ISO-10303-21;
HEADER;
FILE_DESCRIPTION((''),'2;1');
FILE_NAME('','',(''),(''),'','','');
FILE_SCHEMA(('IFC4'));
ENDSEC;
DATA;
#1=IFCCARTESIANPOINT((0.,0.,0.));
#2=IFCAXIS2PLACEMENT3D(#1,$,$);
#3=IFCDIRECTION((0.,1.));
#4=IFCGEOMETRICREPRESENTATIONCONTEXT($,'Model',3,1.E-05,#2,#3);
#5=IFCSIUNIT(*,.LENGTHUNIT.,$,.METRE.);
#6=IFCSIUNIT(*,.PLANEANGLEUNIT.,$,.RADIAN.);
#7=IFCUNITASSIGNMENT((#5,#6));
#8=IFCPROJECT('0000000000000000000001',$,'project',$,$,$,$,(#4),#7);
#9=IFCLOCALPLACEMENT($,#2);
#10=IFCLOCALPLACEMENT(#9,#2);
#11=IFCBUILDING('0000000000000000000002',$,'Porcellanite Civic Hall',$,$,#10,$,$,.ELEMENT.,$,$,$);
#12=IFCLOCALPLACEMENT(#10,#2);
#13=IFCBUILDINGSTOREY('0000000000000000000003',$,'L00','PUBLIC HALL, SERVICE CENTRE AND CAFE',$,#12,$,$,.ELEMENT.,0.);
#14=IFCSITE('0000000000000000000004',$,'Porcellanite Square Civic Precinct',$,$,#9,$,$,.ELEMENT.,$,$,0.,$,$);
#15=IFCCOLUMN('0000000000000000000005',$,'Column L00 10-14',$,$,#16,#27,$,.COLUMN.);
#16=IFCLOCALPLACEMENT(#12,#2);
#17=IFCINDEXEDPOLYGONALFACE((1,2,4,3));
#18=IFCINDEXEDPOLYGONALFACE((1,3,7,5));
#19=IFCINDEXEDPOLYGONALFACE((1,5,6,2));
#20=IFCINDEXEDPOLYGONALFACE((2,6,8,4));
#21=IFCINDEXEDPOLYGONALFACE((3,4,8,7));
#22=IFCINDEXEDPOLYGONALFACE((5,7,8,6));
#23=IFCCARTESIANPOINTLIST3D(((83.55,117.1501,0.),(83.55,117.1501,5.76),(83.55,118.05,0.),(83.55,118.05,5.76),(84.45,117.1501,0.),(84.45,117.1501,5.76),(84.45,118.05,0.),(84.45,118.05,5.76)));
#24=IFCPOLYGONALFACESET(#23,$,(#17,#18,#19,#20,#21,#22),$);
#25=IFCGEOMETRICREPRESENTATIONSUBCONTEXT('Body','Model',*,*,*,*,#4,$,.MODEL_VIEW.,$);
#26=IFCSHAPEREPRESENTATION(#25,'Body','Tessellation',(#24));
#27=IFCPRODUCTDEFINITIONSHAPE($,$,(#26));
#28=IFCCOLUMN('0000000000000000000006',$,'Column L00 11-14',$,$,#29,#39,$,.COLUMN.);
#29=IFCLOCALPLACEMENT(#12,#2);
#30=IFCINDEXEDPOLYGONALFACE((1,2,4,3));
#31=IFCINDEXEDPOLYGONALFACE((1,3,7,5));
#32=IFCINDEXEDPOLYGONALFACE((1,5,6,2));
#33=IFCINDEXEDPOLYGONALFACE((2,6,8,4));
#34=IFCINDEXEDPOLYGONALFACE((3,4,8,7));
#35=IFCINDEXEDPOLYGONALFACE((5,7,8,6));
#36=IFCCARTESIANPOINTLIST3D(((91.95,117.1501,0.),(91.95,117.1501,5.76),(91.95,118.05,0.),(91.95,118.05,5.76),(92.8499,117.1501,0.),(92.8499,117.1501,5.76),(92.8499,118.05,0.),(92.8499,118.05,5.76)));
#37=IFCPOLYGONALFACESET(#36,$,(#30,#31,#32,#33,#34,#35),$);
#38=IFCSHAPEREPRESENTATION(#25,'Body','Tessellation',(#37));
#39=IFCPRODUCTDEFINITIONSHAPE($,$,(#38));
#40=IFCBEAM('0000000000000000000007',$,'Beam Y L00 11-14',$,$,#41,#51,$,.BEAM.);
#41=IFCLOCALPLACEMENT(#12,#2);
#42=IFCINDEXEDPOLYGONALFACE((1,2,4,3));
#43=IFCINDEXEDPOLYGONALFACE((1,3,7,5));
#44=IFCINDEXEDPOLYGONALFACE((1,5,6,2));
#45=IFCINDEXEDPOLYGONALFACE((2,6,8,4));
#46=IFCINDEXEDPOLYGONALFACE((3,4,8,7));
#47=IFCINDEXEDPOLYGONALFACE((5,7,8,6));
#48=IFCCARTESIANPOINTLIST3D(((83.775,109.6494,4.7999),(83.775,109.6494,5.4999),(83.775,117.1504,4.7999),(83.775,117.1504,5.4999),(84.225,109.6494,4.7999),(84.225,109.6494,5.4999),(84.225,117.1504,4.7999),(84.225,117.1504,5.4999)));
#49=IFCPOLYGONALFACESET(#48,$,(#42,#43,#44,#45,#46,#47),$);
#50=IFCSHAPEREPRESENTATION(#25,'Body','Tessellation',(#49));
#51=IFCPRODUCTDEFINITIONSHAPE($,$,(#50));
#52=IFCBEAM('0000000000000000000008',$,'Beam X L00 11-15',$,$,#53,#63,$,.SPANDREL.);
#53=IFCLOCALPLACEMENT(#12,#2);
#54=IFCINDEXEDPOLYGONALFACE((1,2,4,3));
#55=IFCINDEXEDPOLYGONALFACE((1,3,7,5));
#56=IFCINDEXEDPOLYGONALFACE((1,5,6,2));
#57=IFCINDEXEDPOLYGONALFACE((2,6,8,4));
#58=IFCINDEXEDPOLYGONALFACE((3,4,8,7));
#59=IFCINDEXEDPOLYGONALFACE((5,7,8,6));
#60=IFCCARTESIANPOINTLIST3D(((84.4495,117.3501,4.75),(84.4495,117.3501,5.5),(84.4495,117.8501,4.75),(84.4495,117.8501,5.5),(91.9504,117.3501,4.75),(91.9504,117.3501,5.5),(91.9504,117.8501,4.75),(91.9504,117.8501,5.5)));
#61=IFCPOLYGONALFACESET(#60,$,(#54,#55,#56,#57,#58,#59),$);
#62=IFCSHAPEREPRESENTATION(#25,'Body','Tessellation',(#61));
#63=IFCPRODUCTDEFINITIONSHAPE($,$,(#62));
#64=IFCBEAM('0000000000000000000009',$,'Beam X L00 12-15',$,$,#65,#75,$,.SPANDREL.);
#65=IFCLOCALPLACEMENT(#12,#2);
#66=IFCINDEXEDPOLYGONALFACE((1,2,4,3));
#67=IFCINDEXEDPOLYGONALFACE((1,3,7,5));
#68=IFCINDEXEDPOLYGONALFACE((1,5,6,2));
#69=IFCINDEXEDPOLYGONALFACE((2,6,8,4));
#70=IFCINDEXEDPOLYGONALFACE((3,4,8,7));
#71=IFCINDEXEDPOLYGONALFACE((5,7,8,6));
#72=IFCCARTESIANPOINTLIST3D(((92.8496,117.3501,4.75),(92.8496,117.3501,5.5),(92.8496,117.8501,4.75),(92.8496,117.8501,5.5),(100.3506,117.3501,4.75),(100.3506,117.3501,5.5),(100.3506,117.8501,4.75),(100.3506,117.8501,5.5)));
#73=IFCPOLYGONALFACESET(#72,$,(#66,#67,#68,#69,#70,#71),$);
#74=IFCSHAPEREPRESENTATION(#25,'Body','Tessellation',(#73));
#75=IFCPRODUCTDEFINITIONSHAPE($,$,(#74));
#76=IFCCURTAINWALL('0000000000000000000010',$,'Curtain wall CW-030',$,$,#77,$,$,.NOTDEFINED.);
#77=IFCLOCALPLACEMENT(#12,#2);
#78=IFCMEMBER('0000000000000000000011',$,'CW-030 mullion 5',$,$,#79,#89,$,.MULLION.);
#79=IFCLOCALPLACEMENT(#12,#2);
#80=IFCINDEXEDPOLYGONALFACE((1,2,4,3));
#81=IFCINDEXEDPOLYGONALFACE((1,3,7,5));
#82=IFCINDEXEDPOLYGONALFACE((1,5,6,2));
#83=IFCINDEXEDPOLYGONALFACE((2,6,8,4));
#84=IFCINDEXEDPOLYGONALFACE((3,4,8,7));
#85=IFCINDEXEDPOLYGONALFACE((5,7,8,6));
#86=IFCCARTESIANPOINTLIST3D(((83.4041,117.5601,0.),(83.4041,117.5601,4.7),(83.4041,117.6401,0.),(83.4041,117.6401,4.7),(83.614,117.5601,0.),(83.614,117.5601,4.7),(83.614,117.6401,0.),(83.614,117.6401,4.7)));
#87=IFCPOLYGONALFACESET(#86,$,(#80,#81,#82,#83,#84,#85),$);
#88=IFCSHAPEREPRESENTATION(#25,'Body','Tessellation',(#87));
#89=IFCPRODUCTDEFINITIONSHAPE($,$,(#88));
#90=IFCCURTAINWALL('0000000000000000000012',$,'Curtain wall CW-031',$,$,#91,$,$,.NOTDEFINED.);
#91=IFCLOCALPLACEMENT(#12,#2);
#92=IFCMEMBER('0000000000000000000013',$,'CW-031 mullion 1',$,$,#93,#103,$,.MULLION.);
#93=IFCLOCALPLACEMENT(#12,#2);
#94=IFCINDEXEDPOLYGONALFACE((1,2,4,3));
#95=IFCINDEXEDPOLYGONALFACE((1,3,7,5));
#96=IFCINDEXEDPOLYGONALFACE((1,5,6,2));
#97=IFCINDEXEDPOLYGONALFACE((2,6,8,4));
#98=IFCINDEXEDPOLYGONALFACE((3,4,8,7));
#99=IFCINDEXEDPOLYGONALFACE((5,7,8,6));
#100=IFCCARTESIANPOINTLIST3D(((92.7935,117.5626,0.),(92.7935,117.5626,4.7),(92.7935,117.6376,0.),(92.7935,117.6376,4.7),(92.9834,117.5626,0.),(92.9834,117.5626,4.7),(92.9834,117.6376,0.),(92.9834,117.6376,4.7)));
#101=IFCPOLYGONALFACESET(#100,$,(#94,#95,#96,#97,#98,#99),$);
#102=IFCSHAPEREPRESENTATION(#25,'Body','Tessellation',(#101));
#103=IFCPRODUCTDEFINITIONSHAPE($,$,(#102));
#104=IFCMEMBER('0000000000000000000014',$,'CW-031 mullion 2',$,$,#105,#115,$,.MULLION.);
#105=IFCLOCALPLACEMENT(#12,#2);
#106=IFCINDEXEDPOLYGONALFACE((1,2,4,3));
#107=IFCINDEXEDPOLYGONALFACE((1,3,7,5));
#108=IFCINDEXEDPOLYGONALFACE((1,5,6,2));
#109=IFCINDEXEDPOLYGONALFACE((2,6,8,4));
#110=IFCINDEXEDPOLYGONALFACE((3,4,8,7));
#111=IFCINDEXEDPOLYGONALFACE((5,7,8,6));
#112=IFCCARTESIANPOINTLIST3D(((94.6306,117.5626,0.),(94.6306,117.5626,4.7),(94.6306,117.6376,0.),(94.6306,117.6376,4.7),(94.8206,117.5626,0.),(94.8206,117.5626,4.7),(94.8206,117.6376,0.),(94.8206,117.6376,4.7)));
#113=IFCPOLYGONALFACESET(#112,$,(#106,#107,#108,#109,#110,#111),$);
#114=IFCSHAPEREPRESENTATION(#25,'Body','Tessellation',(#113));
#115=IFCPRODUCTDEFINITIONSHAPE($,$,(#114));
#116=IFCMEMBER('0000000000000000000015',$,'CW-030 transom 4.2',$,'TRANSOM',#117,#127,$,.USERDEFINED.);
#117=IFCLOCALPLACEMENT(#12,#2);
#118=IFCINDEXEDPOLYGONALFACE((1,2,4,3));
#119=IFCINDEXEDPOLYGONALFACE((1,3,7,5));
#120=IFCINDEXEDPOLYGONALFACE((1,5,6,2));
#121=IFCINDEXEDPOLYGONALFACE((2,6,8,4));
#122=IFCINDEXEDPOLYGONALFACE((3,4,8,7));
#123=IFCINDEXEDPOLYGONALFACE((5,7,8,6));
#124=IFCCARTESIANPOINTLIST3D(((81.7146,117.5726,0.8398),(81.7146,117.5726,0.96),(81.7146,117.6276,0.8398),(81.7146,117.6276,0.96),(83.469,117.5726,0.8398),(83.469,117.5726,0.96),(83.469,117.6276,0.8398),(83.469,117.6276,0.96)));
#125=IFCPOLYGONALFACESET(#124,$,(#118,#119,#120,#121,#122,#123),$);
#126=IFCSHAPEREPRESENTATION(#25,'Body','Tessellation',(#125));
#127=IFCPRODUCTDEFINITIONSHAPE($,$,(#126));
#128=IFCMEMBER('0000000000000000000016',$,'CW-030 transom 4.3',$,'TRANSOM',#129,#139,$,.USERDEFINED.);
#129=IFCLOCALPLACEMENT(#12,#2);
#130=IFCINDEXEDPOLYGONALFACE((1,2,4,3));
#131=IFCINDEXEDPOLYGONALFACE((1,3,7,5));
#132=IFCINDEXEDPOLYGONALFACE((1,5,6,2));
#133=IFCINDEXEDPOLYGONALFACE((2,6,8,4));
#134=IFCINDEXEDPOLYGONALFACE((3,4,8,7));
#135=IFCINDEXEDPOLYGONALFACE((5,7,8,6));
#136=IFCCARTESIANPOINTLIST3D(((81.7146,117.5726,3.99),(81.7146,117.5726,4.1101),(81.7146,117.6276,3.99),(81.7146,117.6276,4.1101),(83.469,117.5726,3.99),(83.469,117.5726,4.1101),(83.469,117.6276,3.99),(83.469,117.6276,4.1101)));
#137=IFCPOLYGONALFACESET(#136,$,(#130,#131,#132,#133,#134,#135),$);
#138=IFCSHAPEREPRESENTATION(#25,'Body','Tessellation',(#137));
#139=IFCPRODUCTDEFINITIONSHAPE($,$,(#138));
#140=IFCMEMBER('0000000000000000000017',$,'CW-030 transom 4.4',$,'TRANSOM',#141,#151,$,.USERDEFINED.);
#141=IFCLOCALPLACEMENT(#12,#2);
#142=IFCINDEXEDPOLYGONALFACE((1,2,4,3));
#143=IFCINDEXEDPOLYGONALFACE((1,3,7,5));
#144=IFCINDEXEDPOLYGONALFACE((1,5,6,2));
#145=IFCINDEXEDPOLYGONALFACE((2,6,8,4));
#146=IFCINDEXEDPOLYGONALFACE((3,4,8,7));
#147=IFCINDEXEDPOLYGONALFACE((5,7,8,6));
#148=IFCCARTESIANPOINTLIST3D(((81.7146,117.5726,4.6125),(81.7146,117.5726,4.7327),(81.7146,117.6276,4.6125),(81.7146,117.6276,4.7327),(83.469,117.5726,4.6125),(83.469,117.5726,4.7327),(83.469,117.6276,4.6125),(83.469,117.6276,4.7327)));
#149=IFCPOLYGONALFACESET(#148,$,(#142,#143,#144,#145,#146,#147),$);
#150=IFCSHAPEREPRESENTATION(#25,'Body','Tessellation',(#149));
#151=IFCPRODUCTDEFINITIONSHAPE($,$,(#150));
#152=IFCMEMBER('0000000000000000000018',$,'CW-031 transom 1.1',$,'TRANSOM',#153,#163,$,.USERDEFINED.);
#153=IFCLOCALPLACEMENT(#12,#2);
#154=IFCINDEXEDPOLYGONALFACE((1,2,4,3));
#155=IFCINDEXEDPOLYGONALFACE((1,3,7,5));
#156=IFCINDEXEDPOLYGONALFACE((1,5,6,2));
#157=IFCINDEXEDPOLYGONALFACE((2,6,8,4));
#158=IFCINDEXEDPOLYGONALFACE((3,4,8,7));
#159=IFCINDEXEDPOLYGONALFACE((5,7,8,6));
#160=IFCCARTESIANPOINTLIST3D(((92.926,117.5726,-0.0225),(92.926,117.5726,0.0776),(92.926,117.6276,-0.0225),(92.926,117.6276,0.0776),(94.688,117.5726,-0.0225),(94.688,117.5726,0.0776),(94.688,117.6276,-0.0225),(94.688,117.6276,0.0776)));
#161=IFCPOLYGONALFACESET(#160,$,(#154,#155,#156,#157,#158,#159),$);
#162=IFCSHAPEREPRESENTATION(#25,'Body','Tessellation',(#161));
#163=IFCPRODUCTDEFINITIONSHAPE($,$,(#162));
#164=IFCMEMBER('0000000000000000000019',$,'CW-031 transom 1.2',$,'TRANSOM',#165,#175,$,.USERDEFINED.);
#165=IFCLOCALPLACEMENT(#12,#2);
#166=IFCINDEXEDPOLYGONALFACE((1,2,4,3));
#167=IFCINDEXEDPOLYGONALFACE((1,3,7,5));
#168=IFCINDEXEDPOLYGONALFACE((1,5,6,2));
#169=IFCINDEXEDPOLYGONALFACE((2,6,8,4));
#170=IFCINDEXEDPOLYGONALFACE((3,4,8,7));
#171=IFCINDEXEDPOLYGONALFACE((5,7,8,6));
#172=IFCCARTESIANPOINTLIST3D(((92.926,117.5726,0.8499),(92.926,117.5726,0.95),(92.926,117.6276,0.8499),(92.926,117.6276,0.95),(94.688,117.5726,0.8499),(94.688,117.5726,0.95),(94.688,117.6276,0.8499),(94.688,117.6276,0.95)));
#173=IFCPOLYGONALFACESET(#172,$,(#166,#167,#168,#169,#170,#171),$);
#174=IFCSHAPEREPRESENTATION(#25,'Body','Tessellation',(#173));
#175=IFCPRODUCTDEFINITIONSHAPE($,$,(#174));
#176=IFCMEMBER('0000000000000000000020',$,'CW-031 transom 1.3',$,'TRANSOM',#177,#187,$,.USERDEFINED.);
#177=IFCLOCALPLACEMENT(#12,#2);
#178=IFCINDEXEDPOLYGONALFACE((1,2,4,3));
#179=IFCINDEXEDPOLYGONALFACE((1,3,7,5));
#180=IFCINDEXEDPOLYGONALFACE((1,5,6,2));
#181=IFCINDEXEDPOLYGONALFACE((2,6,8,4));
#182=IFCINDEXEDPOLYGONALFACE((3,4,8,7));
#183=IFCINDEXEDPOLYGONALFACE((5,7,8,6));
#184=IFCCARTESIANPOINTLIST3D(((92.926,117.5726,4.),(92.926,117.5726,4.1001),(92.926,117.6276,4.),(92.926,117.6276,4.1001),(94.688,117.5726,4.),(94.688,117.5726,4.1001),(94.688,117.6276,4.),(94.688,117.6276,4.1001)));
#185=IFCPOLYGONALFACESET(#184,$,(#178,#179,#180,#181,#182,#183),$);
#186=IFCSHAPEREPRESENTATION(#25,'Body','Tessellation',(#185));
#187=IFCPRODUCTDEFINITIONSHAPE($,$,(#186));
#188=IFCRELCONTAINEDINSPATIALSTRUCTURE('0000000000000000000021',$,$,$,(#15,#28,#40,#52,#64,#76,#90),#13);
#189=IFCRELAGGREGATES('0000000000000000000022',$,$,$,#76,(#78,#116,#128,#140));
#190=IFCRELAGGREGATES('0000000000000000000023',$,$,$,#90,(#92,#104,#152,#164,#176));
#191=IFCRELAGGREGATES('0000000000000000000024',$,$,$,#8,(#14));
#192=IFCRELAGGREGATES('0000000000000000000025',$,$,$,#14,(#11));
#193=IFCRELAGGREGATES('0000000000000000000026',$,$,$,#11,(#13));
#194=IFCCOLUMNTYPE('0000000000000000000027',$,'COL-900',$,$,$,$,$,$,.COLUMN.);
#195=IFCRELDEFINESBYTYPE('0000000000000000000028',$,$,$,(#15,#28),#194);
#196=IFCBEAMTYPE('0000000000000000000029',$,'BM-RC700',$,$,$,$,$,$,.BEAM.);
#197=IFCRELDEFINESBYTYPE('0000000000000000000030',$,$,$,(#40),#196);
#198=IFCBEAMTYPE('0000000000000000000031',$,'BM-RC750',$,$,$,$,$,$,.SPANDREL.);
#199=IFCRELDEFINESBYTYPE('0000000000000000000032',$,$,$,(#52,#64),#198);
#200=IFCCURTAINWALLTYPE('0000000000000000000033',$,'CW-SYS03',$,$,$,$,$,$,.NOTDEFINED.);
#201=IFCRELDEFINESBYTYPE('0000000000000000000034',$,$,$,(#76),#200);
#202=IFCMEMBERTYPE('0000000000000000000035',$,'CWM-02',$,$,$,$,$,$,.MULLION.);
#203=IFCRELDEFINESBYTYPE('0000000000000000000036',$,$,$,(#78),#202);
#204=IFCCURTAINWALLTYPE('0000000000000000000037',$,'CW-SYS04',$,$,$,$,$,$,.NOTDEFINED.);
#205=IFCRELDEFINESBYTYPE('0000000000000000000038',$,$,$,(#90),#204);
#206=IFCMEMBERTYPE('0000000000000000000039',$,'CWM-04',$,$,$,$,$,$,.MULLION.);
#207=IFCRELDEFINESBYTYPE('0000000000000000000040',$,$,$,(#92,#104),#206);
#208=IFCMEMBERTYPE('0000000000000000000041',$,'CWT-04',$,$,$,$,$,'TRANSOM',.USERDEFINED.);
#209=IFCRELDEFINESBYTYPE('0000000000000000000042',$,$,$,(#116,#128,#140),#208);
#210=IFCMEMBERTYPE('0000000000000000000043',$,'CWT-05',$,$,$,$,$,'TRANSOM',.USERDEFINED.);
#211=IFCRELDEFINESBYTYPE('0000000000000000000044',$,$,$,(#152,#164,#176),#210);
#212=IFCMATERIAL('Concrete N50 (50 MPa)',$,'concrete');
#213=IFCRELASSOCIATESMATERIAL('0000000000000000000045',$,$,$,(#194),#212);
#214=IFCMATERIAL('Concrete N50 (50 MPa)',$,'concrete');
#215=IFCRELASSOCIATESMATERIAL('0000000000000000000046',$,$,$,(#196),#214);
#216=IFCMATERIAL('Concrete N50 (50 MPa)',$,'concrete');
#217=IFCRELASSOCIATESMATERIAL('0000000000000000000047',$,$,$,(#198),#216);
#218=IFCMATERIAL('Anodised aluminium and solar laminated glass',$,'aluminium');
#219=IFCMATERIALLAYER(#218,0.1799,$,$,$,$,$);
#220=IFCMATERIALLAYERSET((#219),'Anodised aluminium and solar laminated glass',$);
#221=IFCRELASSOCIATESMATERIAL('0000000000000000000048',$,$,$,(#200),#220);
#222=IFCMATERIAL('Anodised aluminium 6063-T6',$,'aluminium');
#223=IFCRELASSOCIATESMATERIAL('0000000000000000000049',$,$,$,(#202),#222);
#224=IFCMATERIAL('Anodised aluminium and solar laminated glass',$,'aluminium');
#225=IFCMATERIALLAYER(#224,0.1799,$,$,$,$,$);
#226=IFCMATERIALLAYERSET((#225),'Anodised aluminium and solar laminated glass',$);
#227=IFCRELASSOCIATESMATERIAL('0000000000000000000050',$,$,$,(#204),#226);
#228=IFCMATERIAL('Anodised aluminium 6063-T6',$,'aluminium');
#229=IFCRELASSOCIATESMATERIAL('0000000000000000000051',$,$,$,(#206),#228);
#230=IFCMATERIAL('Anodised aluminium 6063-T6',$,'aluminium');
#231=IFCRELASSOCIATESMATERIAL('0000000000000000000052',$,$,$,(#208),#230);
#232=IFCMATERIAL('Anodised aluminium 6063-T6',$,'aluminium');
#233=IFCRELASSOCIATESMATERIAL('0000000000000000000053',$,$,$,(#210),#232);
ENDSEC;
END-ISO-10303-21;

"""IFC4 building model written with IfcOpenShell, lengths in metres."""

from ifc_helpers import new_model, si_unit, direction, frame, origin, origin_2d, place, context, subcontext, project, spatial, rectangle, extrude, material, layer, layer_set, material_profile, profile_set, type_object, element, aggregate, save


model = new_model("IFC4")

# Units and contexts
model_context = context("Model", 3, precision=1e-05, world=origin(), true_north=direction((0.0, 1.0)))
body_context = subcontext(model_context, "Body", "Model", "MODEL_VIEW")
ifc_project = project(units=[si_unit("LENGTHUNIT", "METRE"), si_unit("PLANEANGLEUNIT", "RADIAN")], contexts=[model_context])

# Site, building, storey
site_placement = place(None, origin())
site = spatial("IfcSite", under=ifc_project, at=site_placement, Name="Porcellanite Square Civic Precinct", CompositionType="ELEMENT", RefElevation=0.0)
building_placement = place(site_placement, origin())
building = spatial("IfcBuilding", under=site, at=building_placement, Name="Porcellanite Civic Hall", CompositionType="ELEMENT")
storey_placement = place(building_placement, origin())
storey = spatial("IfcBuildingStorey", under=building, at=storey_placement, Name="L00", Description="PUBLIC HALL, SERVICE CENTRE AND CAFE", CompositionType="ELEMENT", Elevation=0.0)

# Columns
ifc_material_1 = material(Name="Concrete N50 (50 MPa)", Category="concrete")
ifc_material_profile_1 = material_profile(ifc_material_1, rectangle(XDim=0.8999, YDim=0.8999, at=origin_2d()), Name="RC-900x900")
ifc_profile_set_1 = profile_set([ifc_material_profile_1], Name="Concrete N50 (50 MPa)")
column_type = type_object("IfcColumnType", Name="COL-900", PredefinedType="COLUMN", material=ifc_profile_set_1)
for number, where, z_axis, x_axis, name in (
    (1, (84.0, 117.6001, 0.0), (0.0, 0.0, 1.0), (1.0, 0.0, 0.0), "Column L00 10-14"),
    (2, (92.3999, 117.6001, 0.0), (0.0, 0.0, 1.0), (1.0, 0.0, 0.0), "Column L00 11-14"),
):
    element("IfcColumn", number, at=place(storey_placement, frame(where, z_axis=z_axis, x_axis=x_axis)), inside=storey, type_object=column_type, Name=name, PredefinedType="COLUMN", context=body_context, shape_type="SweptSolid", body=[
        extrude(rectangle(XDim=0.8999, YDim=0.8999, at=origin_2d()), origin(), (0.0, 0.0, 1.0), 5.76),
    ])

# Beams
ifc_material_2 = material(Name="Concrete N50 (50 MPa)", Category="concrete")
ifc_material_profile_2 = material_profile(ifc_material_2, rectangle(XDim=0.45, YDim=0.7, at=origin_2d()), Name="RC-450x700")
ifc_profile_set_2 = profile_set([ifc_material_profile_2], Name="Concrete N50 (50 MPa)")
beam_type_1 = type_object("IfcBeamType", Name="BM-RC700", PredefinedType="BEAM", material=ifc_profile_set_2)
beam_1_placement = place(storey_placement, frame((84.0, 109.6494, 5.1499), z_axis=(0.0, 1.0, 0.0), x_axis=(-1.0, 0.0, 0.0)))
element("IfcBeam", 3, at=beam_1_placement, inside=storey, type_object=beam_type_1, Name="Beam Y L00 11-14", PredefinedType="BEAM", context=body_context, shape_type="SweptSolid", body=[
    extrude(rectangle(XDim=0.45, YDim=0.7, at=origin_2d()), origin(), (0.0, 0.0, 1.0), 7.501),
])
ifc_material_3 = material(Name="Concrete N50 (50 MPa)", Category="concrete")
ifc_material_profile_3 = material_profile(ifc_material_3, rectangle(XDim=0.5, YDim=0.75, at=origin_2d()), Name="RC-500x750")
ifc_profile_set_3 = profile_set([ifc_material_profile_3], Name="Concrete N50 (50 MPa)")
beam_type_2 = type_object("IfcBeamType", Name="BM-RC750", PredefinedType="SPANDREL", material=ifc_profile_set_3)
for number, where, z_axis, x_axis, name in (
    (4, (84.4495, 117.6001, 5.125), (1.0, 0.0, 0.0), (0.0, 1.0, 0.0), "Beam X L00 11-15"),
    (5, (92.8496, 117.6001, 5.125), (1.0, 0.0, 0.0), (0.0, 1.0, 0.0), "Beam X L00 12-15"),
):
    element("IfcBeam", number, at=place(storey_placement, frame(where, z_axis=z_axis, x_axis=x_axis)), inside=storey, type_object=beam_type_2, Name=name, PredefinedType="SPANDREL", context=body_context, shape_type="SweptSolid", body=[
        extrude(rectangle(XDim=0.5, YDim=0.75, at=origin_2d()), origin(), (0.0, 0.0, 1.0), 7.501),
    ])

# Curtain wall, member
ifc_material_4 = material(Name="Anodised aluminium and solar laminated glass", Category="aluminium")
ifc_layer_1 = layer(ifc_material_4, 0.1799)
ifc_layer_set_1 = layer_set([ifc_layer_1], Name="Anodised aluminium and solar laminated glass")
curtain_wall_type_1 = type_object("IfcCurtainWallType", Name="CW-SYS03", PredefinedType="NOTDEFINED", material=ifc_layer_set_1)
curtain_wall_1_placement = place(storey_placement, origin())
curtain_wall_1 = element("IfcCurtainWall", 6, at=curtain_wall_1_placement, inside=storey, type_object=curtain_wall_type_1, Name="Curtain wall CW-030", PredefinedType="NOTDEFINED")
ifc_material_5 = material(Name="Anodised aluminium 6063-T6", Category="aluminium")
ifc_material_profile_4 = material_profile(ifc_material_5, rectangle(XDim=0.0801, YDim=0.21, at=origin_2d()), Name="AL-80x210")
ifc_profile_set_4 = profile_set([ifc_material_profile_4], Name="Anodised aluminium 6063-T6")
member_type_1 = type_object("IfcMemberType", Name="CWM-02", PredefinedType="MULLION", material=ifc_profile_set_4)
member_1_placement = place(storey_placement, frame((83.509, 117.6001, 0.0), z_axis=(0.0, 0.0, 1.0), x_axis=(0.0, 1.0, 0.0)))
member_1 = element("IfcMember", 7, at=member_1_placement, type_object=member_type_1, Name="CW-030 mullion 5", PredefinedType="MULLION", context=body_context, shape_type="SweptSolid", body=[
    extrude(rectangle(XDim=0.0801, YDim=0.21, at=origin_2d()), origin(), (0.0, 0.0, 1.0), 4.7),
])

# Curtain wall, members
ifc_material_6 = material(Name="Anodised aluminium and solar laminated glass", Category="aluminium")
ifc_layer_2 = layer(ifc_material_6, 0.1799)
ifc_layer_set_2 = layer_set([ifc_layer_2], Name="Anodised aluminium and solar laminated glass")
curtain_wall_type_2 = type_object("IfcCurtainWallType", Name="CW-SYS04", PredefinedType="NOTDEFINED", material=ifc_layer_set_2)
curtain_wall_2_placement = place(storey_placement, origin())
curtain_wall_2 = element("IfcCurtainWall", 8, at=curtain_wall_2_placement, inside=storey, type_object=curtain_wall_type_2, Name="Curtain wall CW-031", PredefinedType="NOTDEFINED")
ifc_material_7 = material(Name="Anodised aluminium 6063-T6", Category="aluminium")
ifc_material_profile_5 = material_profile(ifc_material_7, rectangle(XDim=0.075, YDim=0.1899, at=origin_2d()), Name="AL-75x190")
ifc_profile_set_5 = profile_set([ifc_material_profile_5], Name="Anodised aluminium 6063-T6")
member_type_2 = type_object("IfcMemberType", Name="CWM-04", PredefinedType="MULLION", material=ifc_profile_set_5)
member_2_placement = place(storey_placement, frame((92.8884, 117.6001, 0.0), z_axis=(0.0, 0.0, 1.0), x_axis=(0.0, 1.0, 0.0)))
member_2 = element("IfcMember", 9, at=member_2_placement, type_object=member_type_2, Name="CW-031 mullion 1", PredefinedType="MULLION", context=body_context, shape_type="SweptSolid", body=[
    extrude(rectangle(XDim=0.075, YDim=0.1899, at=origin_2d()), origin(), (0.0, 0.0, 1.0), 4.7),
])
member_3_placement = place(storey_placement, frame((94.7256, 117.6001, 0.0), z_axis=(0.0, 0.0, 1.0), x_axis=(0.0, 1.0, 0.0)))
member_3 = element("IfcMember", 10, at=member_3_placement, type_object=member_type_2, Name="CW-031 mullion 2", PredefinedType="MULLION", context=body_context, shape_type="SweptSolid", body=[
    extrude(rectangle(XDim=0.075, YDim=0.1899, at=origin_2d()), origin(), (0.0, 0.0, 1.0), 4.7),
])

# Members
ifc_material_8 = material(Name="Anodised aluminium 6063-T6", Category="aluminium")
ifc_material_profile_6 = material_profile(ifc_material_8, rectangle(XDim=0.0549, YDim=0.1201, at=origin_2d()), Name="AL-55x120")
ifc_profile_set_6 = profile_set([ifc_material_profile_6], Name="Anodised aluminium 6063-T6")
member_type_3 = type_object("IfcMemberType", Name="CWT-04", ElementType="TRANSOM", PredefinedType="USERDEFINED", material=ifc_profile_set_6)
member_4_placement = place(storey_placement, frame((81.7146, 117.6001, 0.8999), z_axis=(1.0, 0.0, 0.0), x_axis=(0.0, 1.0, 0.0)))
member_4 = element("IfcMember", 11, at=member_4_placement, type_object=member_type_3, Name="CW-030 transom 4.2", ObjectType="TRANSOM", PredefinedType="USERDEFINED", context=body_context, shape_type="SweptSolid", body=[
    extrude(rectangle(XDim=0.0549, YDim=0.1201, at=origin_2d()), origin(), (0.0, 0.0, 1.0), 1.7544),
])
member_5_placement = place(storey_placement, frame((81.7146, 117.6001, 4.05), z_axis=(1.0, 0.0, 0.0), x_axis=(0.0, 1.0, 0.0)))
member_5 = element("IfcMember", 12, at=member_5_placement, type_object=member_type_3, Name="CW-030 transom 4.3", ObjectType="TRANSOM", PredefinedType="USERDEFINED", context=body_context, shape_type="SweptSolid", body=[
    extrude(rectangle(XDim=0.0549, YDim=0.1201, at=origin_2d()), origin(), (0.0, 0.0, 1.0), 1.7544),
])
member_6_placement = place(storey_placement, frame((81.7146, 117.6001, 4.6726), z_axis=(1.0, 0.0, 0.0), x_axis=(0.0, 1.0, 0.0)))
member_6 = element("IfcMember", 13, at=member_6_placement, type_object=member_type_3, Name="CW-030 transom 4.4", ObjectType="TRANSOM", PredefinedType="USERDEFINED", context=body_context, shape_type="SweptSolid", body=[
    extrude(rectangle(XDim=0.0549, YDim=0.1201, at=origin_2d()), origin(), (0.0, 0.0, 1.0), 1.7544),
])
ifc_material_9 = material(Name="Anodised aluminium 6063-T6", Category="aluminium")
ifc_material_profile_7 = material_profile(ifc_material_9, rectangle(XDim=0.0549, YDim=0.1001, at=origin_2d()), Name="AL-55x100")
ifc_profile_set_7 = profile_set([ifc_material_profile_7], Name="Anodised aluminium 6063-T6")
member_type_4 = type_object("IfcMemberType", Name="CWT-05", ElementType="TRANSOM", PredefinedType="USERDEFINED", material=ifc_profile_set_7)
member_7_placement = place(storey_placement, frame((92.926, 117.6001, 0.0276), z_axis=(1.0, 0.0, 0.0), x_axis=(0.0, 1.0, 0.0)))
member_7 = element("IfcMember", 14, at=member_7_placement, type_object=member_type_4, Name="CW-031 transom 1.1", ObjectType="TRANSOM", PredefinedType="USERDEFINED", context=body_context, shape_type="SweptSolid", body=[
    extrude(rectangle(XDim=0.0549, YDim=0.1001, at=origin_2d()), origin(), (0.0, 0.0, 1.0), 1.762),
])
member_8_placement = place(storey_placement, frame((92.926, 117.6001, 0.8999), z_axis=(1.0, 0.0, 0.0), x_axis=(0.0, 1.0, 0.0)))
member_8 = element("IfcMember", 15, at=member_8_placement, type_object=member_type_4, Name="CW-031 transom 1.2", ObjectType="TRANSOM", PredefinedType="USERDEFINED", context=body_context, shape_type="SweptSolid", body=[
    extrude(rectangle(XDim=0.0549, YDim=0.1001, at=origin_2d()), origin(), (0.0, 0.0, 1.0), 1.762),
])
member_9_placement = place(storey_placement, frame((92.926, 117.6001, 4.05), z_axis=(1.0, 0.0, 0.0), x_axis=(0.0, 1.0, 0.0)))
member_9 = element("IfcMember", 16, at=member_9_placement, type_object=member_type_4, Name="CW-031 transom 1.3", ObjectType="TRANSOM", PredefinedType="USERDEFINED", context=body_context, shape_type="SweptSolid", body=[
    extrude(rectangle(XDim=0.0549, YDim=0.1001, at=origin_2d()), origin(), (0.0, 0.0, 1.0), 1.762),
])

aggregate(curtain_wall_1, [member_1, member_4, member_5, member_6])
aggregate(curtain_wall_2, [member_2, member_3, member_7, member_8, member_9])

save(model, "model.ifc")
